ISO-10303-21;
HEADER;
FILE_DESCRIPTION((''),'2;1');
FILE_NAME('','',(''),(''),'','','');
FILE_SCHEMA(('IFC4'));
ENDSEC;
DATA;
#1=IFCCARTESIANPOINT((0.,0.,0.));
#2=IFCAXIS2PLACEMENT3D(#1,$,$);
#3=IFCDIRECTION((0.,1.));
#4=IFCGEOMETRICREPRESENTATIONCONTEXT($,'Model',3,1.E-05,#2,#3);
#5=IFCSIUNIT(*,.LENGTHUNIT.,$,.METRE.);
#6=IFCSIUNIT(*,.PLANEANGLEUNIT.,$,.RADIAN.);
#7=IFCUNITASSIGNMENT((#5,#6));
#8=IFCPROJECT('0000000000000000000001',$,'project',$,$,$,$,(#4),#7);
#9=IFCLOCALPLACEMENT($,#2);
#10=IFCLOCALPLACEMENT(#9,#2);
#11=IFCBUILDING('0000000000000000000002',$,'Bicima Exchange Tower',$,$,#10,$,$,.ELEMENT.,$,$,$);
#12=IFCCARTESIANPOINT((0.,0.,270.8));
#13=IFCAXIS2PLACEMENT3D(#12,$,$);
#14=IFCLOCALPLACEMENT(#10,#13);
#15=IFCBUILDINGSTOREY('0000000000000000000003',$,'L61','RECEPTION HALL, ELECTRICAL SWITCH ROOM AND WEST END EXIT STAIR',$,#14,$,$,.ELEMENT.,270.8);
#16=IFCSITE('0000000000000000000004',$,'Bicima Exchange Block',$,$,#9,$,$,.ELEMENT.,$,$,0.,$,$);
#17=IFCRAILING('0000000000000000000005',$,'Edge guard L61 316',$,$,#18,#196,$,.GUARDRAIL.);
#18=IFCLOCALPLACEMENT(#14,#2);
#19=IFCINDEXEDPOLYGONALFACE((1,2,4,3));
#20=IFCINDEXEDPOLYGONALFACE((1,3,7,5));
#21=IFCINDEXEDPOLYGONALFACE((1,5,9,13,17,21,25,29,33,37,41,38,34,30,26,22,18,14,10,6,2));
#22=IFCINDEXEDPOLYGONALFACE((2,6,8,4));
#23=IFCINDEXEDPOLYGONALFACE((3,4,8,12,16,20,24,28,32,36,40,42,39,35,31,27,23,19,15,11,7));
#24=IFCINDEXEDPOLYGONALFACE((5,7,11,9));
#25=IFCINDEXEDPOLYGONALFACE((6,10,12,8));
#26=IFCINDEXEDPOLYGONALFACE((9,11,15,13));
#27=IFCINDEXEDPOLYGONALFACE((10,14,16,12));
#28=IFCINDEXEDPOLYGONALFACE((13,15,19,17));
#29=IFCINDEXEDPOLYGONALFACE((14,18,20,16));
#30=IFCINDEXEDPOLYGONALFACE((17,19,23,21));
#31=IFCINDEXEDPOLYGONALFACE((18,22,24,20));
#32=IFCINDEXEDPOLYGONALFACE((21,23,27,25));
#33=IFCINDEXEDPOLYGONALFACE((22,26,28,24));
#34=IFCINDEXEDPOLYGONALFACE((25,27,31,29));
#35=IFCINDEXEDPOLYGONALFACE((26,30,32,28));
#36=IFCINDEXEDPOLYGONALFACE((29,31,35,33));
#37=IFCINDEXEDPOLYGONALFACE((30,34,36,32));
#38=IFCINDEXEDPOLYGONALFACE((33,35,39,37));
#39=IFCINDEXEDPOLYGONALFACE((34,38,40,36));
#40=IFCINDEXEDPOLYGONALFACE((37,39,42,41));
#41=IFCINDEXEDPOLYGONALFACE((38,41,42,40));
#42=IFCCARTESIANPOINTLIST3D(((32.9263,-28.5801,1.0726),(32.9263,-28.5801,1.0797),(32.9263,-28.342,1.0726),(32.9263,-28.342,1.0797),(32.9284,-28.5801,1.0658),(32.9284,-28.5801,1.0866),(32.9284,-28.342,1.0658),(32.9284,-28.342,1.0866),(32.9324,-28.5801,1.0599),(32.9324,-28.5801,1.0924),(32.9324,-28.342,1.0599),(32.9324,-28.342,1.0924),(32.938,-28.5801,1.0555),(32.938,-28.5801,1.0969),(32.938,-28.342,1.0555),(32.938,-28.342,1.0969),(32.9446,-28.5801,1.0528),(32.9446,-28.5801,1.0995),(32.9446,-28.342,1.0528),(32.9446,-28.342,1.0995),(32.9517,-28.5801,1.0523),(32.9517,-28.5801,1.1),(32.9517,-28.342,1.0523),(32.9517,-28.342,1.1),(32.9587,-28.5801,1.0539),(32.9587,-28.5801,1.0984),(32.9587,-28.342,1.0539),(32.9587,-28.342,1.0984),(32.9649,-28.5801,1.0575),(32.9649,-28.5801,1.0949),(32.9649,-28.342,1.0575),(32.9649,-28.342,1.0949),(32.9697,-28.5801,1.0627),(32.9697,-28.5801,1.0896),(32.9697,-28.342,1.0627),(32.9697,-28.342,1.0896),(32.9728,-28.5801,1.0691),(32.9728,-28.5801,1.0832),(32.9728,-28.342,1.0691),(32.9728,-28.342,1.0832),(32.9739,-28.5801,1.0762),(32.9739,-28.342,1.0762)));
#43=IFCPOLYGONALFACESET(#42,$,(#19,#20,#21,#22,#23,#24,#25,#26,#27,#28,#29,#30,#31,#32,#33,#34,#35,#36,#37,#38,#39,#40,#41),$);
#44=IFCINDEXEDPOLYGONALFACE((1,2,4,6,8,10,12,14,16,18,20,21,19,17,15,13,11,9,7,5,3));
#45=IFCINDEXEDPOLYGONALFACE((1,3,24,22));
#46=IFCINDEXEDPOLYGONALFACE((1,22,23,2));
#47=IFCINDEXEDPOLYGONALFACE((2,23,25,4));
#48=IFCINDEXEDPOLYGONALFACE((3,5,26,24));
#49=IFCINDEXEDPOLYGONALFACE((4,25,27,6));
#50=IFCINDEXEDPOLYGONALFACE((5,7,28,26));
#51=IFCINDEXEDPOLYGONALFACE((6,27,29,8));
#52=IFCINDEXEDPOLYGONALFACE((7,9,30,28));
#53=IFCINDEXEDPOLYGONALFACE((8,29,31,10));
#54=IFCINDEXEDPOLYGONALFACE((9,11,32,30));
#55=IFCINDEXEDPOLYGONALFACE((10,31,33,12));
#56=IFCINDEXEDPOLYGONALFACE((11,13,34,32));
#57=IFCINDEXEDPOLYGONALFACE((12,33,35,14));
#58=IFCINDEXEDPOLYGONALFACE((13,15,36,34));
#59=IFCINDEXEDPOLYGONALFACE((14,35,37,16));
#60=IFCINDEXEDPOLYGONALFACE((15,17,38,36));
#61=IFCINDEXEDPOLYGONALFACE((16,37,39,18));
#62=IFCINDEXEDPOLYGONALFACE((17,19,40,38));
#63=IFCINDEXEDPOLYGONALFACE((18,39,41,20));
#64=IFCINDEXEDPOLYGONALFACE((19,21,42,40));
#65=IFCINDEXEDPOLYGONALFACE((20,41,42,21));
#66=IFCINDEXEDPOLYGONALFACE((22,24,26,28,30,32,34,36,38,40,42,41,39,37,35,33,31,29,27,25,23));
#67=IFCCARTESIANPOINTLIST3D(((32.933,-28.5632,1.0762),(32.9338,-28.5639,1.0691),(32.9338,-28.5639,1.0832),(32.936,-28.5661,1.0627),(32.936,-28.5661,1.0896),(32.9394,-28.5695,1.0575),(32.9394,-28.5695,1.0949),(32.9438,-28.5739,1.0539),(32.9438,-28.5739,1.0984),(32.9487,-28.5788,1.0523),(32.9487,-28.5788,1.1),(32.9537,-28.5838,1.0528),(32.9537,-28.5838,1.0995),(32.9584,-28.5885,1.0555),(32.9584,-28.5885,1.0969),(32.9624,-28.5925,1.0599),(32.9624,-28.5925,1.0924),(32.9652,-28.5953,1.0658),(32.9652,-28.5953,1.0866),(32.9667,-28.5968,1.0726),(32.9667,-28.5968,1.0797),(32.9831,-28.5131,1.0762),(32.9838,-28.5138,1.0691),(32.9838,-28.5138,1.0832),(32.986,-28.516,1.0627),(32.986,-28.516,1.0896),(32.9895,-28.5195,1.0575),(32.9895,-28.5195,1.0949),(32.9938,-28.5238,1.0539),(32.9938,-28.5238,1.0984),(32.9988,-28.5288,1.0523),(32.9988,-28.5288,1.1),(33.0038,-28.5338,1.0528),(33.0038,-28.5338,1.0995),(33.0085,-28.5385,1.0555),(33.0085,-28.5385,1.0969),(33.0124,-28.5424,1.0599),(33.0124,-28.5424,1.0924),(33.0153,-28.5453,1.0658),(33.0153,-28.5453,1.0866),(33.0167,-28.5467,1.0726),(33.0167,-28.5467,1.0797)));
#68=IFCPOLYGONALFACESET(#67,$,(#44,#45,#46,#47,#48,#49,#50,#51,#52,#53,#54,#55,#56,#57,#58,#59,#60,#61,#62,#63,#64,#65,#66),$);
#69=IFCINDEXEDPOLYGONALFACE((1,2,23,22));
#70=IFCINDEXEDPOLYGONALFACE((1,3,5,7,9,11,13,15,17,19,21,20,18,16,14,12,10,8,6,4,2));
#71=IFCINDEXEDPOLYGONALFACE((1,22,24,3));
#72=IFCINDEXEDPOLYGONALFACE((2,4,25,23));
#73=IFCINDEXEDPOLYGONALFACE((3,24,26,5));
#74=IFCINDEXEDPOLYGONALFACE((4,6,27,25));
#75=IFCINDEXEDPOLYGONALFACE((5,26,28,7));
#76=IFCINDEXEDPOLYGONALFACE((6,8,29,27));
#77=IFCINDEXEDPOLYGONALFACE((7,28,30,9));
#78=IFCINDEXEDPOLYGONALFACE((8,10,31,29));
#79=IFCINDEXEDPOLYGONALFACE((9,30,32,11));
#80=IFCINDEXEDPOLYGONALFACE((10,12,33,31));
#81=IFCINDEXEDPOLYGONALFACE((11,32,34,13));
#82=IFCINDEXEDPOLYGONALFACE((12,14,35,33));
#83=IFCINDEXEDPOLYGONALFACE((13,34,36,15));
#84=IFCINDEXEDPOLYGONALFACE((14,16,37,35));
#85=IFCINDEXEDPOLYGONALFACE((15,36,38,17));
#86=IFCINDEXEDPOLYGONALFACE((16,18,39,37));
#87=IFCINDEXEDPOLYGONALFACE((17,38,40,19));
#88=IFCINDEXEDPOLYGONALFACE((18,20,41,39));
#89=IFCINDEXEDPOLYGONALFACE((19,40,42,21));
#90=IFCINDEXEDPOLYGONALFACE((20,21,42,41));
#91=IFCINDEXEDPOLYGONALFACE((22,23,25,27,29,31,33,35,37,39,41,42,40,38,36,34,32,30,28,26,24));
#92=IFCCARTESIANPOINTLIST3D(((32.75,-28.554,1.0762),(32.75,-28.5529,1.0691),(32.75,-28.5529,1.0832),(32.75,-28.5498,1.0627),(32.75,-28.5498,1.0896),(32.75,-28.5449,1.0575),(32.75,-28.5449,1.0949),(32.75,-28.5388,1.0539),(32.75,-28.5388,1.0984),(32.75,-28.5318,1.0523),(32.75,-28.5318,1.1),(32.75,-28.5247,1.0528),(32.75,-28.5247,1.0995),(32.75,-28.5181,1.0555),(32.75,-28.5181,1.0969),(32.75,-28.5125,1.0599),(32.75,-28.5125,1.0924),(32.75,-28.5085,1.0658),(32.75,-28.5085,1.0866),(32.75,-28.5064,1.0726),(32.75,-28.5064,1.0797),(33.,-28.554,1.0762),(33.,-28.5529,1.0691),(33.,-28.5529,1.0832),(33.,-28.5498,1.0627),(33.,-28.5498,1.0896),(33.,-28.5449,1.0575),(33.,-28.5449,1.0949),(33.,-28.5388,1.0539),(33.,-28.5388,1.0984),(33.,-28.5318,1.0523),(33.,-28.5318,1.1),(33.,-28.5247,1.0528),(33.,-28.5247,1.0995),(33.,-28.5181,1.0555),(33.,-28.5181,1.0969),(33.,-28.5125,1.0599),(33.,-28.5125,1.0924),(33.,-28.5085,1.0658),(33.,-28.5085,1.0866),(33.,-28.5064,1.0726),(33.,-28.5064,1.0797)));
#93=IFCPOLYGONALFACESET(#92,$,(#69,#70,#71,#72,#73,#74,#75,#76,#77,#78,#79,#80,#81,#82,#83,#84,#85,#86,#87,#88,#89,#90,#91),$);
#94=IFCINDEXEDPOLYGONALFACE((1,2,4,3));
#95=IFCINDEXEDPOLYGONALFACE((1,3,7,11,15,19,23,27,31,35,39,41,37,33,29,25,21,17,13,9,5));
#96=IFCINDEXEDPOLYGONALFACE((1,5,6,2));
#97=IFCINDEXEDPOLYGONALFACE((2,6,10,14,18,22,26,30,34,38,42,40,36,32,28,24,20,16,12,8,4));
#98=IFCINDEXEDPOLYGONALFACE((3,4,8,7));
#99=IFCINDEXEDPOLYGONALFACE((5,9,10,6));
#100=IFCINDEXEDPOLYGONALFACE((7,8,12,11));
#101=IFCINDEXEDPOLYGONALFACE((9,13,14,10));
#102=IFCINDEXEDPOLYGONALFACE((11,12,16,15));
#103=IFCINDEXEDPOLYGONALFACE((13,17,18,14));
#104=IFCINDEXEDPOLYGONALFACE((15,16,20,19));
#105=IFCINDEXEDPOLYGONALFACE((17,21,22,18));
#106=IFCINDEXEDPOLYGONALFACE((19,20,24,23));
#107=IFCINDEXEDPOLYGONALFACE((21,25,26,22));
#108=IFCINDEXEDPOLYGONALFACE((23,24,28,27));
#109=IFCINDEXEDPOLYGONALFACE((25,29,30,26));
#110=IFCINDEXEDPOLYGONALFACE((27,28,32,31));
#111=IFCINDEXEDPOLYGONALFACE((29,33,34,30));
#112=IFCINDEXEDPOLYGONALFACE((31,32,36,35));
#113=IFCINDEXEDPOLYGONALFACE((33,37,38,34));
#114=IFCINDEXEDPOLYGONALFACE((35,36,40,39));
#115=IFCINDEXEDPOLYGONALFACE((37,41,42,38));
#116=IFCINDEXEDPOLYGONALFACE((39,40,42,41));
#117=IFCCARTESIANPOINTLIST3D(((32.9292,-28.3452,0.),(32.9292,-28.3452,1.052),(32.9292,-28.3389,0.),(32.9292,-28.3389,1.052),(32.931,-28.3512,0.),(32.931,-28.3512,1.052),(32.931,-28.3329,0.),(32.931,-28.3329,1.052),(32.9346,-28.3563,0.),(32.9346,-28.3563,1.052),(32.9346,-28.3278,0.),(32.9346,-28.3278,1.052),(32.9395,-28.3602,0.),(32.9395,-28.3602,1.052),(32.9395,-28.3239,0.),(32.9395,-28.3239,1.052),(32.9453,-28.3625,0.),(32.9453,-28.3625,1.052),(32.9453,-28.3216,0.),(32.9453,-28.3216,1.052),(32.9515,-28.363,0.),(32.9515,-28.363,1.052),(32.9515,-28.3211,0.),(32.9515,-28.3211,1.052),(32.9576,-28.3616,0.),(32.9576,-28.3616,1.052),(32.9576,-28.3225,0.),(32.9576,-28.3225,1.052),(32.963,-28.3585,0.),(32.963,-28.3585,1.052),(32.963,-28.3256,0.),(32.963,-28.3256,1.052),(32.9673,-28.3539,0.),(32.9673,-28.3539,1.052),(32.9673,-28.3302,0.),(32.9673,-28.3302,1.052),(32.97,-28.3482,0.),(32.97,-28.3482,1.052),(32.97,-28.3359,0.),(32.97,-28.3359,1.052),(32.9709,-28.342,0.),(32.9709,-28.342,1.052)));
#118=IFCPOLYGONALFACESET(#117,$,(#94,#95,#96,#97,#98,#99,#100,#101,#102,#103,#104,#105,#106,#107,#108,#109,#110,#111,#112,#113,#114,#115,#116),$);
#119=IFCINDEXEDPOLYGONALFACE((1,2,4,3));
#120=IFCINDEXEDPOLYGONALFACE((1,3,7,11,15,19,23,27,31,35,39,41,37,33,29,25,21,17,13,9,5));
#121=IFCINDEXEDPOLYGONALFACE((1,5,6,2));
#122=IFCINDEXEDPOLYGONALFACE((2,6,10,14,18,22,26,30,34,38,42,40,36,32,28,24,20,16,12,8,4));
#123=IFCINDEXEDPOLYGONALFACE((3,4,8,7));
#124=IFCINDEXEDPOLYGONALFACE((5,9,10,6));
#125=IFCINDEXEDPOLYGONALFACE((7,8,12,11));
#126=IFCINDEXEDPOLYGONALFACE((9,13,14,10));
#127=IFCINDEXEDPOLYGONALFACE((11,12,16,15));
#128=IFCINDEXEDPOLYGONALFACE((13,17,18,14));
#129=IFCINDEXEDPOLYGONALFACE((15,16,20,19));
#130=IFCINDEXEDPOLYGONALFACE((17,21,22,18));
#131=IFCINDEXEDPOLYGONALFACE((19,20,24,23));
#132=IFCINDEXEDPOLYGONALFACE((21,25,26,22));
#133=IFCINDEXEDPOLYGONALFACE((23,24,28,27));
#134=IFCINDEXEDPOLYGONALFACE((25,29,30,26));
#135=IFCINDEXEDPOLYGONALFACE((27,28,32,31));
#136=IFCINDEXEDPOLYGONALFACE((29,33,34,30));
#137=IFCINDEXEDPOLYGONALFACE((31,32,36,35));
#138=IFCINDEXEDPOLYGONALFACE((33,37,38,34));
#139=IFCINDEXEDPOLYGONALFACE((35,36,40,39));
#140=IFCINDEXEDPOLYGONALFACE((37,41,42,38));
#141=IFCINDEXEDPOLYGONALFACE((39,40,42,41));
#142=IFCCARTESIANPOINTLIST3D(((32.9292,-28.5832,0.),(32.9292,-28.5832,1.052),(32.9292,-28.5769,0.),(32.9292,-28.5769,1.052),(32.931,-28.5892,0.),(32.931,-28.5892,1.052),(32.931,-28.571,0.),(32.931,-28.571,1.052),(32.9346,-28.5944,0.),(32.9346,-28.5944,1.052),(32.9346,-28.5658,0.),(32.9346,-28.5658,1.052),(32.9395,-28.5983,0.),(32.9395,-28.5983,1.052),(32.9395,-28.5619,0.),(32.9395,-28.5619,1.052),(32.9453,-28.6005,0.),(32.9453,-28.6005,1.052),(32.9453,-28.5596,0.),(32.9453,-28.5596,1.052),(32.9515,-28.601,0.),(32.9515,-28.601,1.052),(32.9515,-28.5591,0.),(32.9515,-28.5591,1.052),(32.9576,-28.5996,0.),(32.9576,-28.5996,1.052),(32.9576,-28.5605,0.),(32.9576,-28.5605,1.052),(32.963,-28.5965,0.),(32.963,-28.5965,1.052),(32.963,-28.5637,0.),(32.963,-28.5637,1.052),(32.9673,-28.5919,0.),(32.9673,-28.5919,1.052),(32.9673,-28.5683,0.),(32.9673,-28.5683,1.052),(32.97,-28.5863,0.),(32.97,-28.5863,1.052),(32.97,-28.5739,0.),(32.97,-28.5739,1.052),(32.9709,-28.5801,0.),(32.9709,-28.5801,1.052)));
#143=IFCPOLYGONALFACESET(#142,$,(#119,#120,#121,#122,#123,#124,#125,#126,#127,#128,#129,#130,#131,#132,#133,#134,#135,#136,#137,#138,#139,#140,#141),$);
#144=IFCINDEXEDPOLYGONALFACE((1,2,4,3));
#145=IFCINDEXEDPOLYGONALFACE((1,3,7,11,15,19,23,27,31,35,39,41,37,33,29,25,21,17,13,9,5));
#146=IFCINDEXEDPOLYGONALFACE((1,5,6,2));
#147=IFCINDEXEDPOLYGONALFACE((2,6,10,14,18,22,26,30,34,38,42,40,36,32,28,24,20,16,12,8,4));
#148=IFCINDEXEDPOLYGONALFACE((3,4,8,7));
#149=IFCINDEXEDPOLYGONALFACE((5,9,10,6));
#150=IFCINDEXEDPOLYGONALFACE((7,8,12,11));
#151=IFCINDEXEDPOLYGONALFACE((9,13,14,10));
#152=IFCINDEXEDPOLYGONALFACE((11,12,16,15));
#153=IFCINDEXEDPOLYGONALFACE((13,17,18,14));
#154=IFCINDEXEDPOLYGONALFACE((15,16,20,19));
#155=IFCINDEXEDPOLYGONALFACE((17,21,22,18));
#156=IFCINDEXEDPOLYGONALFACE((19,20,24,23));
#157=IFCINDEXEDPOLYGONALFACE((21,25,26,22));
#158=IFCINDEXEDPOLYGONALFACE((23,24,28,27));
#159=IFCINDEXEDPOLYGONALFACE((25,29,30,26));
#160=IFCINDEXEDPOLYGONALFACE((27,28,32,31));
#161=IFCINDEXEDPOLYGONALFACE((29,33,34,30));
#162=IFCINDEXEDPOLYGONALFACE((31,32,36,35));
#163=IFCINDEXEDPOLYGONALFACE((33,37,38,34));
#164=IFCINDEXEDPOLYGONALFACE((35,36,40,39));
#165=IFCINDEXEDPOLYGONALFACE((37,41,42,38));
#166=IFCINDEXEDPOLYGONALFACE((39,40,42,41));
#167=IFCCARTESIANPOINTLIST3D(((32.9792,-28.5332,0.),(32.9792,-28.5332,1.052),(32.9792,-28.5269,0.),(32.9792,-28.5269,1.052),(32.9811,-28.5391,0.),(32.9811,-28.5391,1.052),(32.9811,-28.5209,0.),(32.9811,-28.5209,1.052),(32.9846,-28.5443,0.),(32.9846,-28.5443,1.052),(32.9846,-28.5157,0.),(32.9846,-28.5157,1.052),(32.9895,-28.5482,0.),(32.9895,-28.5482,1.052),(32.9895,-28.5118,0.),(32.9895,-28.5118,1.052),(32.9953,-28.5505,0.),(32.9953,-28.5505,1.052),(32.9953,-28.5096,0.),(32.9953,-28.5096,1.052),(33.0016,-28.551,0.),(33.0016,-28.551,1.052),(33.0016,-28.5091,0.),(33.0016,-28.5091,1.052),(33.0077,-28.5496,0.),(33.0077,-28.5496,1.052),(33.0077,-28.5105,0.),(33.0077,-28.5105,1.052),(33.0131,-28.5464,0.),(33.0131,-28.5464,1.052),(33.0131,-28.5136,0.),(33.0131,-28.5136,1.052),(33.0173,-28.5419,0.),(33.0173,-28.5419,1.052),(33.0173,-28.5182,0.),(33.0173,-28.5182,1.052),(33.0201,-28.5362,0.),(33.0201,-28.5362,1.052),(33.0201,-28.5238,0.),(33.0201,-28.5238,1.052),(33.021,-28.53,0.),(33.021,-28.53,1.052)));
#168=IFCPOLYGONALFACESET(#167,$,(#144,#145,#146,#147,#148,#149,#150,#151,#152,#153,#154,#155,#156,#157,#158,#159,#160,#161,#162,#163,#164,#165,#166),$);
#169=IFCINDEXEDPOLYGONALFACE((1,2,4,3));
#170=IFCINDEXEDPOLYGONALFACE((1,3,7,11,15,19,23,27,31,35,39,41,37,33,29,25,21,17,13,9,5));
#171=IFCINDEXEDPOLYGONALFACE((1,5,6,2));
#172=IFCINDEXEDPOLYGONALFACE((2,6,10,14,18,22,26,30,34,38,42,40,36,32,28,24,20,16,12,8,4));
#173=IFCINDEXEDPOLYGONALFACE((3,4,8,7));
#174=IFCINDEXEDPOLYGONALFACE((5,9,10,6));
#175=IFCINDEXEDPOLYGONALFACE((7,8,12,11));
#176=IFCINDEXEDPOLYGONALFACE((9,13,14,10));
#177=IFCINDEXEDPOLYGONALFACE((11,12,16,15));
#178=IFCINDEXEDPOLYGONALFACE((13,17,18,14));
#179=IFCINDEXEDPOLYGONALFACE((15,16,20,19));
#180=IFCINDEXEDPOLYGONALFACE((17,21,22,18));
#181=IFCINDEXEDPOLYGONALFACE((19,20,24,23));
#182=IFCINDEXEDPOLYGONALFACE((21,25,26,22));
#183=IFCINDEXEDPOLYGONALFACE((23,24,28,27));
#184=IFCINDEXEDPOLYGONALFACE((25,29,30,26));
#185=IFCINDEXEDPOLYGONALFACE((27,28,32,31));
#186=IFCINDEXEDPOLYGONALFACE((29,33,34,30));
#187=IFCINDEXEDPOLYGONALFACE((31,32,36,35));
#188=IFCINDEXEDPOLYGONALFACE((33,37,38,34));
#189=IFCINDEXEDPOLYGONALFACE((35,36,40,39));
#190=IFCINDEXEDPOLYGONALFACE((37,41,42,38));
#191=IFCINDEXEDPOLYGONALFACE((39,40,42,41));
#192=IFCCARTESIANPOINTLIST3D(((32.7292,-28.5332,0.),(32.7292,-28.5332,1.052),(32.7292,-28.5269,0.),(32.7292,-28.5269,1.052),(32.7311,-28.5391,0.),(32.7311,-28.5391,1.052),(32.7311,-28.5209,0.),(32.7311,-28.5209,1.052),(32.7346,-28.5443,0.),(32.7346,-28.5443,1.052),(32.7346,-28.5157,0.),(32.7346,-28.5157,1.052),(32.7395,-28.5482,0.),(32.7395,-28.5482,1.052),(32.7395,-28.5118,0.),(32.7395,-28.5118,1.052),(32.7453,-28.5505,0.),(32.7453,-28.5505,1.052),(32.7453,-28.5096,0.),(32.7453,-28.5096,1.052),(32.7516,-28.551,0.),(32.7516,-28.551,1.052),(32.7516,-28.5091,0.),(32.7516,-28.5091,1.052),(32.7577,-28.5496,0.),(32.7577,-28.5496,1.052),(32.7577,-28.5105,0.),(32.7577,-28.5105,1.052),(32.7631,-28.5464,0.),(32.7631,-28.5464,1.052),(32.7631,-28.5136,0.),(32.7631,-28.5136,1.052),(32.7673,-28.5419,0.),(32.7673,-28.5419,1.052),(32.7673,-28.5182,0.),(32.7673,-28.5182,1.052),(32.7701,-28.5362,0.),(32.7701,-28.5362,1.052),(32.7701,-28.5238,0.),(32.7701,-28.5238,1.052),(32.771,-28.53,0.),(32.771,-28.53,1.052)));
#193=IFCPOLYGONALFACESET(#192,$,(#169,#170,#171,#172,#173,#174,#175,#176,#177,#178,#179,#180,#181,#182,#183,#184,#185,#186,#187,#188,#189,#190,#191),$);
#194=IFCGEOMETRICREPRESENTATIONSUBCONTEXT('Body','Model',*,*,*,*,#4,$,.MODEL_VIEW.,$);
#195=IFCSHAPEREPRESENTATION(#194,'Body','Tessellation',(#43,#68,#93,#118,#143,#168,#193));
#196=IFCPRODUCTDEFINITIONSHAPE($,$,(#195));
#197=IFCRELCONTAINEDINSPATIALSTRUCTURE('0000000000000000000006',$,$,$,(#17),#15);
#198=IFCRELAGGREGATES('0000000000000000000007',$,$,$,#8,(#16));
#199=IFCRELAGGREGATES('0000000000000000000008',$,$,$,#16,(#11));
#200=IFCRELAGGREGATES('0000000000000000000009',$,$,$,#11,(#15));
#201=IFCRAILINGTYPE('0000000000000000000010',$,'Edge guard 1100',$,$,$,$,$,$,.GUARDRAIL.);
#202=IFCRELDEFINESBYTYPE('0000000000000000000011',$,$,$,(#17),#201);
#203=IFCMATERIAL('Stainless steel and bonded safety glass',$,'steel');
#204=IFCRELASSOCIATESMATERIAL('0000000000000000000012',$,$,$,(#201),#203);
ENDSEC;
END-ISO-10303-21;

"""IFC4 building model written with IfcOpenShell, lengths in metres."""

from ifc_helpers import new_model, si_unit, direction, frame, origin, origin_2d, place, context, subcontext, project, spatial, circle, extrude, material, type_object, element, save


model = new_model("IFC4")

# Units and contexts
model_context = context("Model", 3, precision=1e-05, world=origin(), true_north=direction((0.0, 1.0)))
body_context = subcontext(model_context, "Body", "Model", "MODEL_VIEW")
ifc_project = project(units=[si_unit("LENGTHUNIT", "METRE"), si_unit("PLANEANGLEUNIT", "RADIAN")], contexts=[model_context])

# Site, building, storey
site_placement = place(None, origin())
site = spatial("IfcSite", under=ifc_project, at=site_placement, Name="Bicima Exchange Block", CompositionType="ELEMENT", RefElevation=0.0)
building_placement = place(site_placement, origin())
building = spatial("IfcBuilding", under=site, at=building_placement, Name="Bicima Exchange Tower", CompositionType="ELEMENT")
storey_placement = place(building_placement, frame((0.0, 0.0, 270.8)))
storey = spatial("IfcBuildingStorey", under=building, at=storey_placement, Name="L61", Description="RECEPTION HALL, ELECTRICAL SWITCH ROOM AND WEST END EXIT STAIR", CompositionType="ELEMENT", Elevation=270.8)

# Railing
ifc_material_1 = material(Name="Stainless steel and bonded safety glass", Category="steel")
railing_type = type_object("IfcRailingType", Name="Edge guard 1100", PredefinedType="GUARDRAIL", material=ifc_material_1)
railing_1_placement = place(storey_placement, frame((32.95, -28.342, 0.0)))
element("IfcRailing", 1, at=railing_1_placement, inside=storey, type_object=railing_type, Name="Edge guard L61 316", PredefinedType="GUARDRAIL", context=body_context, shape_type="SweptSolid", body=[
    extrude(circle(Radius=0.0239, at=origin_2d()), frame((0.0, 0.0, 1.0762), z_axis=(0.0, -1.0, 0.0), x_axis=(1.0, 0.0, 0.0)), (0.0, 0.0, 1.0), 0.238),
    extrude(circle(Radius=0.0239, at=origin_2d()), frame((0.0, -0.238, 1.0762), z_axis=(0.707107, 0.707107, 0.0), x_axis=(-0.707107, 0.707107, 0.0)), (0.0, 0.0, 1.0), 0.0708),
    extrude(circle(Radius=0.0239, at=origin_2d()), frame((0.05, -0.188, 1.0762), z_axis=(-1.0, 0.0, 0.0), x_axis=(0.0, -1.0, 0.0)), (0.0, 0.0, 1.0), 0.25),
    extrude(circle(Radius=0.021, at=origin_2d()), origin(), (0.0, 0.0, 1.0), 1.052),
    extrude(circle(Radius=0.021, at=origin_2d()), frame((0.0, -0.238, 0.0)), (0.0, 0.0, 1.0), 1.052),
    extrude(circle(Radius=0.021, at=origin_2d()), frame((0.05, -0.188, 0.0)), (0.0, 0.0, 1.0), 1.052),
    extrude(circle(Radius=0.021, at=origin_2d()), frame((-0.2, -0.188, 0.0)), (0.0, 0.0, 1.0), 1.052),
])

save(model, "model.ifc")
